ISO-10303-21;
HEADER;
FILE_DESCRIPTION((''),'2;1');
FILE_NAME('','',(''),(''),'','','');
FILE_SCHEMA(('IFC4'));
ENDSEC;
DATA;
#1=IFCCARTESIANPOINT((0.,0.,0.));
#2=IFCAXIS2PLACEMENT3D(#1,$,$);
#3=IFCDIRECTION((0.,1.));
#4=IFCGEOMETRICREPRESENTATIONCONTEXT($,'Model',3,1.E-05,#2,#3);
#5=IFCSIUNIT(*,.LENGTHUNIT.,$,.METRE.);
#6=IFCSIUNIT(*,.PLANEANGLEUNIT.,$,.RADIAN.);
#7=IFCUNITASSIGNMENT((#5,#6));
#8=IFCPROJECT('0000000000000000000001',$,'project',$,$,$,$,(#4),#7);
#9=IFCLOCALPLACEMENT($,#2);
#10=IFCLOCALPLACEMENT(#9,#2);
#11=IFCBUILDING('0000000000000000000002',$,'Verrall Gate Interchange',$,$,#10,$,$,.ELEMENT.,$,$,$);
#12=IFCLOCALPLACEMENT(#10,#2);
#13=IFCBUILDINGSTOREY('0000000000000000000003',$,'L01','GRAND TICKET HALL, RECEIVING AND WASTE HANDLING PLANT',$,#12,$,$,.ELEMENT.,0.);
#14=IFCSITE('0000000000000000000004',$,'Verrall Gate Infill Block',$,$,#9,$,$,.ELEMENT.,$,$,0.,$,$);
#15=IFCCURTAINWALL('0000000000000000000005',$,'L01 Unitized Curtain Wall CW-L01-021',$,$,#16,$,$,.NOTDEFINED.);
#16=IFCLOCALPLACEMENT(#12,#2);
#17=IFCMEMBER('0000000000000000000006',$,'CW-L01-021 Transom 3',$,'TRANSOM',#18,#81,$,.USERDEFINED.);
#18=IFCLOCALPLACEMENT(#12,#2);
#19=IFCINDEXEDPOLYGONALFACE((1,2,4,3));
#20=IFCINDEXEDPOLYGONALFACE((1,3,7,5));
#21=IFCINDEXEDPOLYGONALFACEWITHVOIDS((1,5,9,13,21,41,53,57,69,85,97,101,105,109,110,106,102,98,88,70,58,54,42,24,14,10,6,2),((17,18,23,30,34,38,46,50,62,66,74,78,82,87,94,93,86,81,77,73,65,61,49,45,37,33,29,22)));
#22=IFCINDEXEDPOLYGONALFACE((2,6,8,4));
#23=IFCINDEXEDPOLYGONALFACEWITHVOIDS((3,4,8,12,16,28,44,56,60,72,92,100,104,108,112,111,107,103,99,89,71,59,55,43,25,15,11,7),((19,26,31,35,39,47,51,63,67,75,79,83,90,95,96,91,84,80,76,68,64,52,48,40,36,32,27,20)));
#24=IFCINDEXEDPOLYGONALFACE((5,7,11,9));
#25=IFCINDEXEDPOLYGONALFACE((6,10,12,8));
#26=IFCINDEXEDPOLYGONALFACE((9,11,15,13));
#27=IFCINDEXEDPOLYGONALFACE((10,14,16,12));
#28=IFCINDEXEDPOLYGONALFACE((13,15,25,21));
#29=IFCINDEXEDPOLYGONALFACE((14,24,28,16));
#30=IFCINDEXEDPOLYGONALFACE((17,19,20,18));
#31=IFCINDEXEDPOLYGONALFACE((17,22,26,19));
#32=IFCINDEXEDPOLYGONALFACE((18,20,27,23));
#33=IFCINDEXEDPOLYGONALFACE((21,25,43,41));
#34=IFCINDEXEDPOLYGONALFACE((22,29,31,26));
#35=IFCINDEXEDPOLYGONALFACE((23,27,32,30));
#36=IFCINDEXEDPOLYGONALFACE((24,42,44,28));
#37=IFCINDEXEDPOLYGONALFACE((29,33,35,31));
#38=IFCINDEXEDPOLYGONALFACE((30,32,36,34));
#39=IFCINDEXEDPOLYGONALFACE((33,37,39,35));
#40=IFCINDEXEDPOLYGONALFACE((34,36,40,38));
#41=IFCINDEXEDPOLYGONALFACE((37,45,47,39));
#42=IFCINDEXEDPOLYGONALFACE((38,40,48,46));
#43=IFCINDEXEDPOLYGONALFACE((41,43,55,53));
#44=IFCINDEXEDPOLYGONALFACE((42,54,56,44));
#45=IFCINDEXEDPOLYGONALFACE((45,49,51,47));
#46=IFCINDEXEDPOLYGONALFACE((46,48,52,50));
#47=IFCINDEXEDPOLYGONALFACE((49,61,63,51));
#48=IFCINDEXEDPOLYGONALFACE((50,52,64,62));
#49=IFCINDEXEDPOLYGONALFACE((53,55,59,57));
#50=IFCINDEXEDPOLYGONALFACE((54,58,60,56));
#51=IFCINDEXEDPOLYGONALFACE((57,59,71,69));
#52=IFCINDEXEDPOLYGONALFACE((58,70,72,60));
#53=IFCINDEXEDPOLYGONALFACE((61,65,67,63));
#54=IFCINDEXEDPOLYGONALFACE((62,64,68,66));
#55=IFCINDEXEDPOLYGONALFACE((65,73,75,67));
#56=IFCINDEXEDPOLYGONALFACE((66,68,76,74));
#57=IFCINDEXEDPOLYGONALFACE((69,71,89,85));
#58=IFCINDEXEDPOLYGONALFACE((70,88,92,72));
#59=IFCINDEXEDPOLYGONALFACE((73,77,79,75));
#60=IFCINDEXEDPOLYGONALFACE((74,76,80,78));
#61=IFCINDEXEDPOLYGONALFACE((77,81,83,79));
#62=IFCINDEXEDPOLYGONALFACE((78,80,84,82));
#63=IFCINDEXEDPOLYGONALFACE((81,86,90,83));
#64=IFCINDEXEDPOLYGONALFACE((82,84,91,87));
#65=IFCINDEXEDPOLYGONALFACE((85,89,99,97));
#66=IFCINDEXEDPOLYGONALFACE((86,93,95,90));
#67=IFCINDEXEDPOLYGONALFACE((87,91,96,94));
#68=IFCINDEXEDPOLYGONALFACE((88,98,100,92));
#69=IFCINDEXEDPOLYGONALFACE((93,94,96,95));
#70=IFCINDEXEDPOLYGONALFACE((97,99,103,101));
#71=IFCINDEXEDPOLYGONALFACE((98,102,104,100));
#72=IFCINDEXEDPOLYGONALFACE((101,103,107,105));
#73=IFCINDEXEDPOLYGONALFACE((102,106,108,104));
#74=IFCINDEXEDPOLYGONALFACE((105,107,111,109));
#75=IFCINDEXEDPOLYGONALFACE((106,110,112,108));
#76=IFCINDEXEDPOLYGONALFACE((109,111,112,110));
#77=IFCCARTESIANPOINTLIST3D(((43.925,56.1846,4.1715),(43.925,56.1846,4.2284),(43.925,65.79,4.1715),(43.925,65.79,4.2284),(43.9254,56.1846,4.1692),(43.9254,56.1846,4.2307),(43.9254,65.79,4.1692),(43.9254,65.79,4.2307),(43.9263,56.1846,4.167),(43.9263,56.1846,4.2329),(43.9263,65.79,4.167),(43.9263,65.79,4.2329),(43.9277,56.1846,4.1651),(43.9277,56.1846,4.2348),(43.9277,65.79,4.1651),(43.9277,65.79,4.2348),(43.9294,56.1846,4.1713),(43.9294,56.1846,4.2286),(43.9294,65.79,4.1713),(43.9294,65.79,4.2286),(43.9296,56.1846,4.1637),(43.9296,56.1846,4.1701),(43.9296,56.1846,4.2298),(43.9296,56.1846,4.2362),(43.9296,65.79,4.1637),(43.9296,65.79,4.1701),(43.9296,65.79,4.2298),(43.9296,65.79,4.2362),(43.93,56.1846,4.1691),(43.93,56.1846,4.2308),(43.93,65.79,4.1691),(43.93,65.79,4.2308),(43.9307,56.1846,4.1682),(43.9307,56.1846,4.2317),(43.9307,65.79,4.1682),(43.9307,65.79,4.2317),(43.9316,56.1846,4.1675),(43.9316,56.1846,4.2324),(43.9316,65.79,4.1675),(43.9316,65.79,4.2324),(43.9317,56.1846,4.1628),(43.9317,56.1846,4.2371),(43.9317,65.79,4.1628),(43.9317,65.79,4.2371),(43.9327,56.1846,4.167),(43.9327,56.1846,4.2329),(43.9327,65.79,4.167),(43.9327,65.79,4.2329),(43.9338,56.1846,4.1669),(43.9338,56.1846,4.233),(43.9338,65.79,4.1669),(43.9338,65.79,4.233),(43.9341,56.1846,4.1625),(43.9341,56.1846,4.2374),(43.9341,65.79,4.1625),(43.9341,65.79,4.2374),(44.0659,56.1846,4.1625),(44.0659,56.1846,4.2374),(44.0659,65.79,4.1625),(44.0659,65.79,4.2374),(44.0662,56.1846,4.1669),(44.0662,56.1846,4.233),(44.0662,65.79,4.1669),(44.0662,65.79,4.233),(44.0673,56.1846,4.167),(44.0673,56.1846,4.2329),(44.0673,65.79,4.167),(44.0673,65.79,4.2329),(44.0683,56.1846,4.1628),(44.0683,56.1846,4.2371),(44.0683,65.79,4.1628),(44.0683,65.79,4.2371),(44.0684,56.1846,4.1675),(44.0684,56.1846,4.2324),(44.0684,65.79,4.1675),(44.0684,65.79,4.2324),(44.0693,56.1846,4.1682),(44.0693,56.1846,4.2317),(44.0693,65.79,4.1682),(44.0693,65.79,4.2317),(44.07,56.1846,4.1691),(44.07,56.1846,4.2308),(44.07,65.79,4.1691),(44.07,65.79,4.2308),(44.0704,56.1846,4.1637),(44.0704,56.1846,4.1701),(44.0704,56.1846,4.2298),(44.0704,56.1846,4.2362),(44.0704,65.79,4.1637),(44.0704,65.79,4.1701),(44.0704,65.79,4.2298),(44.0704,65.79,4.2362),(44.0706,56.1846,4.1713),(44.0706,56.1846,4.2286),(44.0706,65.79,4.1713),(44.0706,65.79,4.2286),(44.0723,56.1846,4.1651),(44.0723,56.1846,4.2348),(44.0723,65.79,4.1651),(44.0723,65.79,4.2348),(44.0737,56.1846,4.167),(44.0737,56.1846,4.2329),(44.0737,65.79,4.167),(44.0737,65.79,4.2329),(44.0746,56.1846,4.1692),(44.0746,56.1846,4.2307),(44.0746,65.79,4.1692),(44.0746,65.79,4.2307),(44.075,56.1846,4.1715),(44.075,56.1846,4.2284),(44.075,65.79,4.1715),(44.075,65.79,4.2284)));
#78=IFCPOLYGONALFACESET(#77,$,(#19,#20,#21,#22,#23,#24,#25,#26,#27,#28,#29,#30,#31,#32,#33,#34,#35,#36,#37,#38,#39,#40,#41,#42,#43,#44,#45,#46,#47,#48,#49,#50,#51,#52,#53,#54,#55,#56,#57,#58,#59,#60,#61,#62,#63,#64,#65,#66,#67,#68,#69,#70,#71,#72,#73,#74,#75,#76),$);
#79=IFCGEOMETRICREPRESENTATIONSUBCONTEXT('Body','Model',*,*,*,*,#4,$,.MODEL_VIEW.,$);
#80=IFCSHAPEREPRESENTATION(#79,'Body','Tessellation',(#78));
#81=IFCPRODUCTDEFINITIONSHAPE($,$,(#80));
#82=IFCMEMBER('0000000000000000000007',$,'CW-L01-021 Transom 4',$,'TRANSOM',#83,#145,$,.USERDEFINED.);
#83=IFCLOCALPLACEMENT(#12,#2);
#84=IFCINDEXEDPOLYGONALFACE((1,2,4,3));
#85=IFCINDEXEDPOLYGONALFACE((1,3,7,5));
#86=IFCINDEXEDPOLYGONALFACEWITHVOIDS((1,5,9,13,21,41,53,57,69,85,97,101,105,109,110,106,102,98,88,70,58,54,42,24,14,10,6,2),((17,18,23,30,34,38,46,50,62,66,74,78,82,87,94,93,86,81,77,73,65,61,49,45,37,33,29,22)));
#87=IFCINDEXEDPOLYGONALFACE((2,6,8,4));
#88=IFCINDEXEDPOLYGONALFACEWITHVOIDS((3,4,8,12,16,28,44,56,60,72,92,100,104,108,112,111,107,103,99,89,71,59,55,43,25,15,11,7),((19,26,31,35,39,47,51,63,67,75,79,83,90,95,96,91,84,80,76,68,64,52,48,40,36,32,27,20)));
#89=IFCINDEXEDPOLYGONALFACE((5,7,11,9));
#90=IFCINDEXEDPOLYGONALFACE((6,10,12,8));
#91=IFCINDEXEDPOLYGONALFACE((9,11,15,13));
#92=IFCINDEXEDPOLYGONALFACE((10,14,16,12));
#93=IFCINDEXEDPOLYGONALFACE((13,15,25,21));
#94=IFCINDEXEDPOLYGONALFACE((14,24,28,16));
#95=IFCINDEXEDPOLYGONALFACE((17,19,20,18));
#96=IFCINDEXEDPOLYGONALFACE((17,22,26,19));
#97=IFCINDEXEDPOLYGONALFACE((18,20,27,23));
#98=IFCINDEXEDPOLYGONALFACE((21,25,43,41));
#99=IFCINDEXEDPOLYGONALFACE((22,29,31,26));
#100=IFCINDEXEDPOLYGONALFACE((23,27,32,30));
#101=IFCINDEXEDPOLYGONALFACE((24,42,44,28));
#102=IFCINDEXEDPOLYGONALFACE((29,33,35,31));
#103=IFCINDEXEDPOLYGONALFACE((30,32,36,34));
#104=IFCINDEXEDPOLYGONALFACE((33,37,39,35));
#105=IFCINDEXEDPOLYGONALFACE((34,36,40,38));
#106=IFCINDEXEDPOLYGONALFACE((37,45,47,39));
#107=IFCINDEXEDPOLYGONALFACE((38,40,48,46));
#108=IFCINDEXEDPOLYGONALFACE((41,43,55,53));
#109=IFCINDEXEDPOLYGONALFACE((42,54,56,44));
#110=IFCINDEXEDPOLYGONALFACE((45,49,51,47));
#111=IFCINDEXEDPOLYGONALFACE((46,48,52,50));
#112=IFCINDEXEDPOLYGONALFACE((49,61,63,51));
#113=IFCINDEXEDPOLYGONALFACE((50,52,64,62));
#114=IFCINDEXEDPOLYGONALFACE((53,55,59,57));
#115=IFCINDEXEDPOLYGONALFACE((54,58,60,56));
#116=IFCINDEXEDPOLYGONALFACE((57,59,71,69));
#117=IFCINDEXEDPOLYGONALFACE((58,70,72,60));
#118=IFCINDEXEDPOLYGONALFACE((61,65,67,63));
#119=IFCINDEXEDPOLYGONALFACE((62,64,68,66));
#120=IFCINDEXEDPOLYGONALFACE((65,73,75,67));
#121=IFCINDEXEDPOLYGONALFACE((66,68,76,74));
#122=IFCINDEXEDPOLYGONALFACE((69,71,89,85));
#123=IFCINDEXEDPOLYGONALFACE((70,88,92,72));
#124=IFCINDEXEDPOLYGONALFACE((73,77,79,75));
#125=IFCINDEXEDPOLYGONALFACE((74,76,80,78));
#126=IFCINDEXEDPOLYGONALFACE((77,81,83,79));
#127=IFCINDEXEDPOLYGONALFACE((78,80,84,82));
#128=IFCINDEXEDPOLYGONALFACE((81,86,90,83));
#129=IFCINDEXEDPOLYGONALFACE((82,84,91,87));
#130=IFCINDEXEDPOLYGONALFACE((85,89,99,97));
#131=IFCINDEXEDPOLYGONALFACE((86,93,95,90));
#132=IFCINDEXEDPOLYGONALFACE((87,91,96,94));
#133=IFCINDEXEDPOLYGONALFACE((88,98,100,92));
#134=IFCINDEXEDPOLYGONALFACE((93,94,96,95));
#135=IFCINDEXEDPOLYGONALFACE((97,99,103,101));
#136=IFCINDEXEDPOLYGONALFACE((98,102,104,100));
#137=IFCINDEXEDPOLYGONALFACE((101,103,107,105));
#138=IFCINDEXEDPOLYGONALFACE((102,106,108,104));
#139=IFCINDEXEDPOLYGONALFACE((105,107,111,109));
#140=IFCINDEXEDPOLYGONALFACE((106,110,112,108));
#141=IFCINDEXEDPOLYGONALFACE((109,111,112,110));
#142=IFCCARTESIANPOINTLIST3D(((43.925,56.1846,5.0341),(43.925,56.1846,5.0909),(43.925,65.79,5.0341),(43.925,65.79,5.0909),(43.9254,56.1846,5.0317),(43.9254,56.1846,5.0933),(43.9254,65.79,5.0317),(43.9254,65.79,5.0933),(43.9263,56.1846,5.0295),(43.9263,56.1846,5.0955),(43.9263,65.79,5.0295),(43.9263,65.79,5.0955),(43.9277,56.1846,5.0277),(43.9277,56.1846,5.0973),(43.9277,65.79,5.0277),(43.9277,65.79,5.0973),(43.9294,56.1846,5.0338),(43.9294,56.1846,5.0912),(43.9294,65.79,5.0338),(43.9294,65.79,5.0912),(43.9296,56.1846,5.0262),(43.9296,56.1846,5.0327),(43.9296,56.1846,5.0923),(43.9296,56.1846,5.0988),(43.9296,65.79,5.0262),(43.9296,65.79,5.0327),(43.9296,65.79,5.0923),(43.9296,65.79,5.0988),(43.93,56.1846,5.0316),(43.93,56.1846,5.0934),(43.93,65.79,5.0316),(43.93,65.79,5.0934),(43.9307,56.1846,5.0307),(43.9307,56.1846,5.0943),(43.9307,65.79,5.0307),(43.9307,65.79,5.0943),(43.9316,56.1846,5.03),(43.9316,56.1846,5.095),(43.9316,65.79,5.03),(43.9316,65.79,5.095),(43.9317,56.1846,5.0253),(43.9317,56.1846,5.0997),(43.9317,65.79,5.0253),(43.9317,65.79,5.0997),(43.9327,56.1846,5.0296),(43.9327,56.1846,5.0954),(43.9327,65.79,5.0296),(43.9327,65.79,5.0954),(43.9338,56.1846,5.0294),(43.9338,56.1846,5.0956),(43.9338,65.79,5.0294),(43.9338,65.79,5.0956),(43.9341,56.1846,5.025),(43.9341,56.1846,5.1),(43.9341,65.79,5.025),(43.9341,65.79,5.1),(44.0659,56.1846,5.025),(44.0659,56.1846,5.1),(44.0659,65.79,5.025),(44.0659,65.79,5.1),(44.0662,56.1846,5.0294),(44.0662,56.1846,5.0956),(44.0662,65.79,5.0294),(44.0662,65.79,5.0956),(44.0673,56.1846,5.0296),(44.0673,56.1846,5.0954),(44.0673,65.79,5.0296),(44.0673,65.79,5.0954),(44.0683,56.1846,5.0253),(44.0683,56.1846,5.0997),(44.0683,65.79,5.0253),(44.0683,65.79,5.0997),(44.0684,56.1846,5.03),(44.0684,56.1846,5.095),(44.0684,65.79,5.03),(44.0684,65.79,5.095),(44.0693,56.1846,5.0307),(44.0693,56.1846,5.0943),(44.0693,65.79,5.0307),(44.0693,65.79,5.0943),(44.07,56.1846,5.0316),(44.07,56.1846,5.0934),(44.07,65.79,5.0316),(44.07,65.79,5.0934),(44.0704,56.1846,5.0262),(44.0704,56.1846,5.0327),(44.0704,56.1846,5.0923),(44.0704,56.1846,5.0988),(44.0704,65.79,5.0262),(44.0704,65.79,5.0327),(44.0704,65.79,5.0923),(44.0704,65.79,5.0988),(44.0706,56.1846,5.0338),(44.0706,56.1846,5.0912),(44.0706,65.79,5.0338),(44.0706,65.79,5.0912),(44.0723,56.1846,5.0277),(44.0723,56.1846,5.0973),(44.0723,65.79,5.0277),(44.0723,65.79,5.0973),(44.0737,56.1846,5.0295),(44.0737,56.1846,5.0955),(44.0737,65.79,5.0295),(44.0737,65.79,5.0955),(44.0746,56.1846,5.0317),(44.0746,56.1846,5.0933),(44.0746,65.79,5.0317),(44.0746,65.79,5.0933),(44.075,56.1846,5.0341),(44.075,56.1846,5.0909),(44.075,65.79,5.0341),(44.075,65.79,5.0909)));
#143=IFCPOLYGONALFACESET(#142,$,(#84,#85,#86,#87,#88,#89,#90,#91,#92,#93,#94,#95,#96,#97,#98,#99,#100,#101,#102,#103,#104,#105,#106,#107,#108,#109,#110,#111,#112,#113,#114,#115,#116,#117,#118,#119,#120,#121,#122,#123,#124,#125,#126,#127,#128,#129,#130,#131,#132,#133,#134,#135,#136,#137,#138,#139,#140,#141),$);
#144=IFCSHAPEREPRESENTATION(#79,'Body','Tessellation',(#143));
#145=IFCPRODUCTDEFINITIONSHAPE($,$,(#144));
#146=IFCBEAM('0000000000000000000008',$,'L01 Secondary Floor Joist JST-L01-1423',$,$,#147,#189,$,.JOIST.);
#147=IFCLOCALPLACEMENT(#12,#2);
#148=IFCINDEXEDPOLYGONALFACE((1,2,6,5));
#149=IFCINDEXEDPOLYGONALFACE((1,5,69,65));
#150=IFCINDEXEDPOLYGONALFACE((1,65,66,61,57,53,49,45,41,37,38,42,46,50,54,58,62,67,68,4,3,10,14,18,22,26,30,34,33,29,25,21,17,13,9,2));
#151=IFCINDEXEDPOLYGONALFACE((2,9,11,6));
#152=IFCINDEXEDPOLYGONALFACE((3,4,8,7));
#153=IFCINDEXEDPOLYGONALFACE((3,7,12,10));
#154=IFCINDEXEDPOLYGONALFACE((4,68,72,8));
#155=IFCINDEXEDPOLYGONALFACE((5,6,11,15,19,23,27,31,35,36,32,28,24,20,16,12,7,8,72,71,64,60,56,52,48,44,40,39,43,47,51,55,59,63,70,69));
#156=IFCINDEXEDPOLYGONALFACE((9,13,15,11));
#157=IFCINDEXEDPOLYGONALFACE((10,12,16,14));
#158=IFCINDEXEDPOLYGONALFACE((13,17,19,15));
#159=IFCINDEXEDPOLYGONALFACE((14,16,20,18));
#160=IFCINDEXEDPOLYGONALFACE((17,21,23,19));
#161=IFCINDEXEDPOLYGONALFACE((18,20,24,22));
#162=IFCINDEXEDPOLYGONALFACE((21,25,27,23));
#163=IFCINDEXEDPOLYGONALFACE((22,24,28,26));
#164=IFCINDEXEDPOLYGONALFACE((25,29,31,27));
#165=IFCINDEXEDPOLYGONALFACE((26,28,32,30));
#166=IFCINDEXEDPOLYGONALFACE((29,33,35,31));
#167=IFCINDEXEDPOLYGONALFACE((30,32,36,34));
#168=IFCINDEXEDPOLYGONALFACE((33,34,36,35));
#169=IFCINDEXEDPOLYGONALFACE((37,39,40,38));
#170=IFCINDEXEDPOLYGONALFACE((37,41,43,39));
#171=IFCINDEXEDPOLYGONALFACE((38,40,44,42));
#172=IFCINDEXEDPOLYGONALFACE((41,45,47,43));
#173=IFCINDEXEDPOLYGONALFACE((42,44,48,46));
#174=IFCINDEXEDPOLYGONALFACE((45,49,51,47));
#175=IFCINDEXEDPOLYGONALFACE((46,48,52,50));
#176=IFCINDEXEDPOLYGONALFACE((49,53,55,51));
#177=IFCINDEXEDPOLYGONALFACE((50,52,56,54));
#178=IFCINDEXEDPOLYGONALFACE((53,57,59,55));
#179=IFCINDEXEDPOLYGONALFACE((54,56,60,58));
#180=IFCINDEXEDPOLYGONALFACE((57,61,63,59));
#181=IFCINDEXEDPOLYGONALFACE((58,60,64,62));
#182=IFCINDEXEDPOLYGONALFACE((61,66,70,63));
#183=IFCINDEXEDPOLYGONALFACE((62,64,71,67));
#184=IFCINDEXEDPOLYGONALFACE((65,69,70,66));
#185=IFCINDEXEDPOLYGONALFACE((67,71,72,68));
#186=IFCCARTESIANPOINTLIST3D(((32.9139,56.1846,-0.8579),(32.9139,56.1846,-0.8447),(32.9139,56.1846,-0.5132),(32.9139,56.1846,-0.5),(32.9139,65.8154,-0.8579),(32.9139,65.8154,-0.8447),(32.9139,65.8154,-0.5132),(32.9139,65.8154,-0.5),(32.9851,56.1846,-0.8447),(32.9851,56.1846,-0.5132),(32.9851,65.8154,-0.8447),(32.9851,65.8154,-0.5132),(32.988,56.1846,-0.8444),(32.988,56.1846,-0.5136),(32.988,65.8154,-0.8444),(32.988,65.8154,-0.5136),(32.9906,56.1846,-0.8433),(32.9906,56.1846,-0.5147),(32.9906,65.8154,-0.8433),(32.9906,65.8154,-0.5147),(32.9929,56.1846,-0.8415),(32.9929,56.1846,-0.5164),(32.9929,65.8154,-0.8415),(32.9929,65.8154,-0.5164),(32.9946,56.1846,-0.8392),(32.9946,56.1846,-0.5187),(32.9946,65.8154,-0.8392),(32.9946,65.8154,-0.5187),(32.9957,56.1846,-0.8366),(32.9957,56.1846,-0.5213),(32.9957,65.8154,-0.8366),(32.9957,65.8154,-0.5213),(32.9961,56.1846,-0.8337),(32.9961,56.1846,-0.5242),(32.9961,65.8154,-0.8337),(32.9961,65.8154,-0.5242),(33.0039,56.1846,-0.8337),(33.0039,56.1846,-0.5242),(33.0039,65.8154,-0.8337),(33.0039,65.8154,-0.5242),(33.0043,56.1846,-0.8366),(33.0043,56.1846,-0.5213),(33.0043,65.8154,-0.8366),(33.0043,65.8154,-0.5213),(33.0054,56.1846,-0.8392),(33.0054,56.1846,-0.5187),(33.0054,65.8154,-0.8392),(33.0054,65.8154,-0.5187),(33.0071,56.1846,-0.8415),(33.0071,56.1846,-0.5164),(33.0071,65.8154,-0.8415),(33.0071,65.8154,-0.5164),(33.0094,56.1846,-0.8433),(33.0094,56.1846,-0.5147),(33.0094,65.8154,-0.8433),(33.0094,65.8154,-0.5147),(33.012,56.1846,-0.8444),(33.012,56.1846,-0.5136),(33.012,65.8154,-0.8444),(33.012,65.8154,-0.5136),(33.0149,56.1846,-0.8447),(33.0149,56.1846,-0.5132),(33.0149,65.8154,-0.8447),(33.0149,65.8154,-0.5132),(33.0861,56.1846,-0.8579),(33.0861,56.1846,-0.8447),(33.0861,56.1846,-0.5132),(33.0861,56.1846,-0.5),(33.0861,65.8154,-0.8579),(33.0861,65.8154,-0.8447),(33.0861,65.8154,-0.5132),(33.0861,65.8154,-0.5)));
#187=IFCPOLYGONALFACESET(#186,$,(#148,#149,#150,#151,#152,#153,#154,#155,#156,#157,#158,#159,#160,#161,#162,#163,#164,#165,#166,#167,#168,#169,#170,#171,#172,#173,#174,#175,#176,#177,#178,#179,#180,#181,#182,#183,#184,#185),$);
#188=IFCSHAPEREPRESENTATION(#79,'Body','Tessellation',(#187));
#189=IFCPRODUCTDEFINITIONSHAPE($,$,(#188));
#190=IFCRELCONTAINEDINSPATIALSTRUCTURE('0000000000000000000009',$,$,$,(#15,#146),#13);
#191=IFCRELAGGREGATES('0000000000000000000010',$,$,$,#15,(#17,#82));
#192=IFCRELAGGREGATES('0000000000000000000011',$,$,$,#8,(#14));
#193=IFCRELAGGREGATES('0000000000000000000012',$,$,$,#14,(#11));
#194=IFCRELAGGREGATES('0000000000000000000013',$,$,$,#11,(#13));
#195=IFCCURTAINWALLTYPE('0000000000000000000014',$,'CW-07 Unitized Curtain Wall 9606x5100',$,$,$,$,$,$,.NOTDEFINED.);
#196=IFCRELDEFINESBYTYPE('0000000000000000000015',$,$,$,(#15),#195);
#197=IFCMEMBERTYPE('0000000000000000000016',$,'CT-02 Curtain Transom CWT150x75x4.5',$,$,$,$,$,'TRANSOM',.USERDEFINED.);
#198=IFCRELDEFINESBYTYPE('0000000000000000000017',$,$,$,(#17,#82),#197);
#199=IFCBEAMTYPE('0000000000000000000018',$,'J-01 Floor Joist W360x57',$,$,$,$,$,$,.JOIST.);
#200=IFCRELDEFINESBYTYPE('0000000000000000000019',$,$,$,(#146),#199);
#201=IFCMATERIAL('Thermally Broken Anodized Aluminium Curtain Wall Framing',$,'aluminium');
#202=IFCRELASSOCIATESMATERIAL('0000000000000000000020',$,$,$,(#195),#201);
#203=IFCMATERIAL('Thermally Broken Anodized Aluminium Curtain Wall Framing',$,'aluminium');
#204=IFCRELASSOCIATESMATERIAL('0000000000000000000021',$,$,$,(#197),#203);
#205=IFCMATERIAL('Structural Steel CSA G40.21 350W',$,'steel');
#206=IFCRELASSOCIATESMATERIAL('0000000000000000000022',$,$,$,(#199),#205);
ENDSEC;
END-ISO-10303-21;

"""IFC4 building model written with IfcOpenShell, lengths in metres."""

from ifc_helpers import new_model, si_unit, direction, frame, origin, origin_2d, place, context, subcontext, project, spatial, hollow_rectangle, i_section, extrude, material, material_profile, profile_set, type_object, element, aggregate, save


model = new_model("IFC4")

# Units and contexts
model_context = context("Model", 3, precision=1e-05, world=origin(), true_north=direction((0.0, 1.0)))
body_context = subcontext(model_context, "Body", "Model", "MODEL_VIEW")
ifc_project = project(units=[si_unit("LENGTHUNIT", "METRE"), si_unit("PLANEANGLEUNIT", "RADIAN")], contexts=[model_context])

# Site, building, storey
site_placement = place(None, origin())
site = spatial("IfcSite", under=ifc_project, at=site_placement, Name="Verrall Gate Infill Block", CompositionType="ELEMENT", RefElevation=0.0)
building_placement = place(site_placement, origin())
building = spatial("IfcBuilding", under=site, at=building_placement, Name="Verrall Gate Interchange", CompositionType="ELEMENT")
storey_placement = place(building_placement, origin())
storey = spatial("IfcBuildingStorey", under=building, at=storey_placement, Name="L01", Description="GRAND TICKET HALL, RECEIVING AND WASTE HANDLING PLANT", CompositionType="ELEMENT", Elevation=0.0)

# Curtain wall, members
ifc_material_1 = material(Name="Thermally Broken Anodized Aluminium Curtain Wall Framing", Category="aluminium")
curtain_wall_type = type_object("IfcCurtainWallType", Name="CW-07 Unitized Curtain Wall 9606x5100", PredefinedType="NOTDEFINED", material=ifc_material_1)
curtain_wall_placement = place(storey_placement, origin())
curtain_wall = element("IfcCurtainWall", 1, at=curtain_wall_placement, inside=storey, type_object=curtain_wall_type, Name="L01 Unitized Curtain Wall CW-L01-021", PredefinedType="NOTDEFINED")
ifc_material_2 = material(Name="Thermally Broken Anodized Aluminium Curtain Wall Framing", Category="aluminium")
ifc_material_profile_1 = material_profile(ifc_material_2, hollow_rectangle(XDim=0.1499, YDim=0.075, WallThickness=0.0044, InnerFilletRadius=0.0044, OuterFilletRadius=0.009, at=origin_2d()), Name="CWT150x75x4.5")
ifc_profile_set_1 = profile_set([ifc_material_profile_1], Name="Thermally Broken Anodized Aluminium Curtain Wall Framing")
member_type_1 = type_object("IfcMemberType", Name="CT-02 Curtain Transom CWT150x75x4.5", ElementType="TRANSOM", PredefinedType="USERDEFINED", material=ifc_profile_set_1)
member_1_placement = place(storey_placement, frame((44.0, 56.1846, 4.2), z_axis=(0.0, 1.0, 0.0), x_axis=(-1.0, 0.0, 0.0)))
member_1 = element("IfcMember", 2, at=member_1_placement, type_object=member_type_1, Name="CW-L01-021 Transom 3", ObjectType="TRANSOM", PredefinedType="USERDEFINED", context=body_context, shape_type="SweptSolid", body=[
    extrude(hollow_rectangle(XDim=0.1499, YDim=0.075, WallThickness=0.0044, InnerFilletRadius=0.0044, OuterFilletRadius=0.009, at=origin_2d()), origin(), (0.0, 0.0, 1.0), 9.6055),
])
member_2_placement = place(storey_placement, frame((44.0, 56.1846, 5.0625), z_axis=(0.0, 1.0, 0.0), x_axis=(-1.0, 0.0, 0.0)))
member_2 = element("IfcMember", 3, at=member_2_placement, type_object=member_type_1, Name="CW-L01-021 Transom 4", ObjectType="TRANSOM", PredefinedType="USERDEFINED", context=body_context, shape_type="SweptSolid", body=[
    extrude(hollow_rectangle(XDim=0.1499, YDim=0.075, WallThickness=0.0044, InnerFilletRadius=0.0044, OuterFilletRadius=0.009, at=origin_2d()), origin(), (0.0, 0.0, 1.0), 9.6055),
])

# Beam
ifc_material_3 = material(Name="Structural Steel CSA G40.21 350W", Category="steel")
ifc_material_profile_2 = material_profile(ifc_material_3, i_section(OverallWidth=0.1721, OverallDepth=0.3579, WebThickness=0.0078, FlangeThickness=0.0132, FilletRadius=0.011, at=origin_2d()), Name="W360x57")
ifc_profile_set_2 = profile_set([ifc_material_profile_2], Name="Structural Steel CSA G40.21 350W")
beam_type_1 = type_object("IfcBeamType", Name="J-01 Floor Joist W360x57", PredefinedType="JOIST", material=ifc_profile_set_2)
beam_1_placement = place(storey_placement, frame((33.0, 56.1846, -0.679), z_axis=(0.0, 1.0, 0.0), x_axis=(-1.0, 0.0, 0.0)))
element("IfcBeam", 4, at=beam_1_placement, inside=storey, type_object=beam_type_1, Name="L01 Secondary Floor Joist JST-L01-1423", PredefinedType="JOIST", context=body_context, shape_type="SweptSolid", body=[
    extrude(i_section(OverallWidth=0.1721, OverallDepth=0.3579, WebThickness=0.0078, FlangeThickness=0.0132, FilletRadius=0.011, at=origin_2d()), origin(), (0.0, 0.0, 1.0), 9.6309),
])

aggregate(curtain_wall, [member_1, member_2])

save(model, "model.ifc")
